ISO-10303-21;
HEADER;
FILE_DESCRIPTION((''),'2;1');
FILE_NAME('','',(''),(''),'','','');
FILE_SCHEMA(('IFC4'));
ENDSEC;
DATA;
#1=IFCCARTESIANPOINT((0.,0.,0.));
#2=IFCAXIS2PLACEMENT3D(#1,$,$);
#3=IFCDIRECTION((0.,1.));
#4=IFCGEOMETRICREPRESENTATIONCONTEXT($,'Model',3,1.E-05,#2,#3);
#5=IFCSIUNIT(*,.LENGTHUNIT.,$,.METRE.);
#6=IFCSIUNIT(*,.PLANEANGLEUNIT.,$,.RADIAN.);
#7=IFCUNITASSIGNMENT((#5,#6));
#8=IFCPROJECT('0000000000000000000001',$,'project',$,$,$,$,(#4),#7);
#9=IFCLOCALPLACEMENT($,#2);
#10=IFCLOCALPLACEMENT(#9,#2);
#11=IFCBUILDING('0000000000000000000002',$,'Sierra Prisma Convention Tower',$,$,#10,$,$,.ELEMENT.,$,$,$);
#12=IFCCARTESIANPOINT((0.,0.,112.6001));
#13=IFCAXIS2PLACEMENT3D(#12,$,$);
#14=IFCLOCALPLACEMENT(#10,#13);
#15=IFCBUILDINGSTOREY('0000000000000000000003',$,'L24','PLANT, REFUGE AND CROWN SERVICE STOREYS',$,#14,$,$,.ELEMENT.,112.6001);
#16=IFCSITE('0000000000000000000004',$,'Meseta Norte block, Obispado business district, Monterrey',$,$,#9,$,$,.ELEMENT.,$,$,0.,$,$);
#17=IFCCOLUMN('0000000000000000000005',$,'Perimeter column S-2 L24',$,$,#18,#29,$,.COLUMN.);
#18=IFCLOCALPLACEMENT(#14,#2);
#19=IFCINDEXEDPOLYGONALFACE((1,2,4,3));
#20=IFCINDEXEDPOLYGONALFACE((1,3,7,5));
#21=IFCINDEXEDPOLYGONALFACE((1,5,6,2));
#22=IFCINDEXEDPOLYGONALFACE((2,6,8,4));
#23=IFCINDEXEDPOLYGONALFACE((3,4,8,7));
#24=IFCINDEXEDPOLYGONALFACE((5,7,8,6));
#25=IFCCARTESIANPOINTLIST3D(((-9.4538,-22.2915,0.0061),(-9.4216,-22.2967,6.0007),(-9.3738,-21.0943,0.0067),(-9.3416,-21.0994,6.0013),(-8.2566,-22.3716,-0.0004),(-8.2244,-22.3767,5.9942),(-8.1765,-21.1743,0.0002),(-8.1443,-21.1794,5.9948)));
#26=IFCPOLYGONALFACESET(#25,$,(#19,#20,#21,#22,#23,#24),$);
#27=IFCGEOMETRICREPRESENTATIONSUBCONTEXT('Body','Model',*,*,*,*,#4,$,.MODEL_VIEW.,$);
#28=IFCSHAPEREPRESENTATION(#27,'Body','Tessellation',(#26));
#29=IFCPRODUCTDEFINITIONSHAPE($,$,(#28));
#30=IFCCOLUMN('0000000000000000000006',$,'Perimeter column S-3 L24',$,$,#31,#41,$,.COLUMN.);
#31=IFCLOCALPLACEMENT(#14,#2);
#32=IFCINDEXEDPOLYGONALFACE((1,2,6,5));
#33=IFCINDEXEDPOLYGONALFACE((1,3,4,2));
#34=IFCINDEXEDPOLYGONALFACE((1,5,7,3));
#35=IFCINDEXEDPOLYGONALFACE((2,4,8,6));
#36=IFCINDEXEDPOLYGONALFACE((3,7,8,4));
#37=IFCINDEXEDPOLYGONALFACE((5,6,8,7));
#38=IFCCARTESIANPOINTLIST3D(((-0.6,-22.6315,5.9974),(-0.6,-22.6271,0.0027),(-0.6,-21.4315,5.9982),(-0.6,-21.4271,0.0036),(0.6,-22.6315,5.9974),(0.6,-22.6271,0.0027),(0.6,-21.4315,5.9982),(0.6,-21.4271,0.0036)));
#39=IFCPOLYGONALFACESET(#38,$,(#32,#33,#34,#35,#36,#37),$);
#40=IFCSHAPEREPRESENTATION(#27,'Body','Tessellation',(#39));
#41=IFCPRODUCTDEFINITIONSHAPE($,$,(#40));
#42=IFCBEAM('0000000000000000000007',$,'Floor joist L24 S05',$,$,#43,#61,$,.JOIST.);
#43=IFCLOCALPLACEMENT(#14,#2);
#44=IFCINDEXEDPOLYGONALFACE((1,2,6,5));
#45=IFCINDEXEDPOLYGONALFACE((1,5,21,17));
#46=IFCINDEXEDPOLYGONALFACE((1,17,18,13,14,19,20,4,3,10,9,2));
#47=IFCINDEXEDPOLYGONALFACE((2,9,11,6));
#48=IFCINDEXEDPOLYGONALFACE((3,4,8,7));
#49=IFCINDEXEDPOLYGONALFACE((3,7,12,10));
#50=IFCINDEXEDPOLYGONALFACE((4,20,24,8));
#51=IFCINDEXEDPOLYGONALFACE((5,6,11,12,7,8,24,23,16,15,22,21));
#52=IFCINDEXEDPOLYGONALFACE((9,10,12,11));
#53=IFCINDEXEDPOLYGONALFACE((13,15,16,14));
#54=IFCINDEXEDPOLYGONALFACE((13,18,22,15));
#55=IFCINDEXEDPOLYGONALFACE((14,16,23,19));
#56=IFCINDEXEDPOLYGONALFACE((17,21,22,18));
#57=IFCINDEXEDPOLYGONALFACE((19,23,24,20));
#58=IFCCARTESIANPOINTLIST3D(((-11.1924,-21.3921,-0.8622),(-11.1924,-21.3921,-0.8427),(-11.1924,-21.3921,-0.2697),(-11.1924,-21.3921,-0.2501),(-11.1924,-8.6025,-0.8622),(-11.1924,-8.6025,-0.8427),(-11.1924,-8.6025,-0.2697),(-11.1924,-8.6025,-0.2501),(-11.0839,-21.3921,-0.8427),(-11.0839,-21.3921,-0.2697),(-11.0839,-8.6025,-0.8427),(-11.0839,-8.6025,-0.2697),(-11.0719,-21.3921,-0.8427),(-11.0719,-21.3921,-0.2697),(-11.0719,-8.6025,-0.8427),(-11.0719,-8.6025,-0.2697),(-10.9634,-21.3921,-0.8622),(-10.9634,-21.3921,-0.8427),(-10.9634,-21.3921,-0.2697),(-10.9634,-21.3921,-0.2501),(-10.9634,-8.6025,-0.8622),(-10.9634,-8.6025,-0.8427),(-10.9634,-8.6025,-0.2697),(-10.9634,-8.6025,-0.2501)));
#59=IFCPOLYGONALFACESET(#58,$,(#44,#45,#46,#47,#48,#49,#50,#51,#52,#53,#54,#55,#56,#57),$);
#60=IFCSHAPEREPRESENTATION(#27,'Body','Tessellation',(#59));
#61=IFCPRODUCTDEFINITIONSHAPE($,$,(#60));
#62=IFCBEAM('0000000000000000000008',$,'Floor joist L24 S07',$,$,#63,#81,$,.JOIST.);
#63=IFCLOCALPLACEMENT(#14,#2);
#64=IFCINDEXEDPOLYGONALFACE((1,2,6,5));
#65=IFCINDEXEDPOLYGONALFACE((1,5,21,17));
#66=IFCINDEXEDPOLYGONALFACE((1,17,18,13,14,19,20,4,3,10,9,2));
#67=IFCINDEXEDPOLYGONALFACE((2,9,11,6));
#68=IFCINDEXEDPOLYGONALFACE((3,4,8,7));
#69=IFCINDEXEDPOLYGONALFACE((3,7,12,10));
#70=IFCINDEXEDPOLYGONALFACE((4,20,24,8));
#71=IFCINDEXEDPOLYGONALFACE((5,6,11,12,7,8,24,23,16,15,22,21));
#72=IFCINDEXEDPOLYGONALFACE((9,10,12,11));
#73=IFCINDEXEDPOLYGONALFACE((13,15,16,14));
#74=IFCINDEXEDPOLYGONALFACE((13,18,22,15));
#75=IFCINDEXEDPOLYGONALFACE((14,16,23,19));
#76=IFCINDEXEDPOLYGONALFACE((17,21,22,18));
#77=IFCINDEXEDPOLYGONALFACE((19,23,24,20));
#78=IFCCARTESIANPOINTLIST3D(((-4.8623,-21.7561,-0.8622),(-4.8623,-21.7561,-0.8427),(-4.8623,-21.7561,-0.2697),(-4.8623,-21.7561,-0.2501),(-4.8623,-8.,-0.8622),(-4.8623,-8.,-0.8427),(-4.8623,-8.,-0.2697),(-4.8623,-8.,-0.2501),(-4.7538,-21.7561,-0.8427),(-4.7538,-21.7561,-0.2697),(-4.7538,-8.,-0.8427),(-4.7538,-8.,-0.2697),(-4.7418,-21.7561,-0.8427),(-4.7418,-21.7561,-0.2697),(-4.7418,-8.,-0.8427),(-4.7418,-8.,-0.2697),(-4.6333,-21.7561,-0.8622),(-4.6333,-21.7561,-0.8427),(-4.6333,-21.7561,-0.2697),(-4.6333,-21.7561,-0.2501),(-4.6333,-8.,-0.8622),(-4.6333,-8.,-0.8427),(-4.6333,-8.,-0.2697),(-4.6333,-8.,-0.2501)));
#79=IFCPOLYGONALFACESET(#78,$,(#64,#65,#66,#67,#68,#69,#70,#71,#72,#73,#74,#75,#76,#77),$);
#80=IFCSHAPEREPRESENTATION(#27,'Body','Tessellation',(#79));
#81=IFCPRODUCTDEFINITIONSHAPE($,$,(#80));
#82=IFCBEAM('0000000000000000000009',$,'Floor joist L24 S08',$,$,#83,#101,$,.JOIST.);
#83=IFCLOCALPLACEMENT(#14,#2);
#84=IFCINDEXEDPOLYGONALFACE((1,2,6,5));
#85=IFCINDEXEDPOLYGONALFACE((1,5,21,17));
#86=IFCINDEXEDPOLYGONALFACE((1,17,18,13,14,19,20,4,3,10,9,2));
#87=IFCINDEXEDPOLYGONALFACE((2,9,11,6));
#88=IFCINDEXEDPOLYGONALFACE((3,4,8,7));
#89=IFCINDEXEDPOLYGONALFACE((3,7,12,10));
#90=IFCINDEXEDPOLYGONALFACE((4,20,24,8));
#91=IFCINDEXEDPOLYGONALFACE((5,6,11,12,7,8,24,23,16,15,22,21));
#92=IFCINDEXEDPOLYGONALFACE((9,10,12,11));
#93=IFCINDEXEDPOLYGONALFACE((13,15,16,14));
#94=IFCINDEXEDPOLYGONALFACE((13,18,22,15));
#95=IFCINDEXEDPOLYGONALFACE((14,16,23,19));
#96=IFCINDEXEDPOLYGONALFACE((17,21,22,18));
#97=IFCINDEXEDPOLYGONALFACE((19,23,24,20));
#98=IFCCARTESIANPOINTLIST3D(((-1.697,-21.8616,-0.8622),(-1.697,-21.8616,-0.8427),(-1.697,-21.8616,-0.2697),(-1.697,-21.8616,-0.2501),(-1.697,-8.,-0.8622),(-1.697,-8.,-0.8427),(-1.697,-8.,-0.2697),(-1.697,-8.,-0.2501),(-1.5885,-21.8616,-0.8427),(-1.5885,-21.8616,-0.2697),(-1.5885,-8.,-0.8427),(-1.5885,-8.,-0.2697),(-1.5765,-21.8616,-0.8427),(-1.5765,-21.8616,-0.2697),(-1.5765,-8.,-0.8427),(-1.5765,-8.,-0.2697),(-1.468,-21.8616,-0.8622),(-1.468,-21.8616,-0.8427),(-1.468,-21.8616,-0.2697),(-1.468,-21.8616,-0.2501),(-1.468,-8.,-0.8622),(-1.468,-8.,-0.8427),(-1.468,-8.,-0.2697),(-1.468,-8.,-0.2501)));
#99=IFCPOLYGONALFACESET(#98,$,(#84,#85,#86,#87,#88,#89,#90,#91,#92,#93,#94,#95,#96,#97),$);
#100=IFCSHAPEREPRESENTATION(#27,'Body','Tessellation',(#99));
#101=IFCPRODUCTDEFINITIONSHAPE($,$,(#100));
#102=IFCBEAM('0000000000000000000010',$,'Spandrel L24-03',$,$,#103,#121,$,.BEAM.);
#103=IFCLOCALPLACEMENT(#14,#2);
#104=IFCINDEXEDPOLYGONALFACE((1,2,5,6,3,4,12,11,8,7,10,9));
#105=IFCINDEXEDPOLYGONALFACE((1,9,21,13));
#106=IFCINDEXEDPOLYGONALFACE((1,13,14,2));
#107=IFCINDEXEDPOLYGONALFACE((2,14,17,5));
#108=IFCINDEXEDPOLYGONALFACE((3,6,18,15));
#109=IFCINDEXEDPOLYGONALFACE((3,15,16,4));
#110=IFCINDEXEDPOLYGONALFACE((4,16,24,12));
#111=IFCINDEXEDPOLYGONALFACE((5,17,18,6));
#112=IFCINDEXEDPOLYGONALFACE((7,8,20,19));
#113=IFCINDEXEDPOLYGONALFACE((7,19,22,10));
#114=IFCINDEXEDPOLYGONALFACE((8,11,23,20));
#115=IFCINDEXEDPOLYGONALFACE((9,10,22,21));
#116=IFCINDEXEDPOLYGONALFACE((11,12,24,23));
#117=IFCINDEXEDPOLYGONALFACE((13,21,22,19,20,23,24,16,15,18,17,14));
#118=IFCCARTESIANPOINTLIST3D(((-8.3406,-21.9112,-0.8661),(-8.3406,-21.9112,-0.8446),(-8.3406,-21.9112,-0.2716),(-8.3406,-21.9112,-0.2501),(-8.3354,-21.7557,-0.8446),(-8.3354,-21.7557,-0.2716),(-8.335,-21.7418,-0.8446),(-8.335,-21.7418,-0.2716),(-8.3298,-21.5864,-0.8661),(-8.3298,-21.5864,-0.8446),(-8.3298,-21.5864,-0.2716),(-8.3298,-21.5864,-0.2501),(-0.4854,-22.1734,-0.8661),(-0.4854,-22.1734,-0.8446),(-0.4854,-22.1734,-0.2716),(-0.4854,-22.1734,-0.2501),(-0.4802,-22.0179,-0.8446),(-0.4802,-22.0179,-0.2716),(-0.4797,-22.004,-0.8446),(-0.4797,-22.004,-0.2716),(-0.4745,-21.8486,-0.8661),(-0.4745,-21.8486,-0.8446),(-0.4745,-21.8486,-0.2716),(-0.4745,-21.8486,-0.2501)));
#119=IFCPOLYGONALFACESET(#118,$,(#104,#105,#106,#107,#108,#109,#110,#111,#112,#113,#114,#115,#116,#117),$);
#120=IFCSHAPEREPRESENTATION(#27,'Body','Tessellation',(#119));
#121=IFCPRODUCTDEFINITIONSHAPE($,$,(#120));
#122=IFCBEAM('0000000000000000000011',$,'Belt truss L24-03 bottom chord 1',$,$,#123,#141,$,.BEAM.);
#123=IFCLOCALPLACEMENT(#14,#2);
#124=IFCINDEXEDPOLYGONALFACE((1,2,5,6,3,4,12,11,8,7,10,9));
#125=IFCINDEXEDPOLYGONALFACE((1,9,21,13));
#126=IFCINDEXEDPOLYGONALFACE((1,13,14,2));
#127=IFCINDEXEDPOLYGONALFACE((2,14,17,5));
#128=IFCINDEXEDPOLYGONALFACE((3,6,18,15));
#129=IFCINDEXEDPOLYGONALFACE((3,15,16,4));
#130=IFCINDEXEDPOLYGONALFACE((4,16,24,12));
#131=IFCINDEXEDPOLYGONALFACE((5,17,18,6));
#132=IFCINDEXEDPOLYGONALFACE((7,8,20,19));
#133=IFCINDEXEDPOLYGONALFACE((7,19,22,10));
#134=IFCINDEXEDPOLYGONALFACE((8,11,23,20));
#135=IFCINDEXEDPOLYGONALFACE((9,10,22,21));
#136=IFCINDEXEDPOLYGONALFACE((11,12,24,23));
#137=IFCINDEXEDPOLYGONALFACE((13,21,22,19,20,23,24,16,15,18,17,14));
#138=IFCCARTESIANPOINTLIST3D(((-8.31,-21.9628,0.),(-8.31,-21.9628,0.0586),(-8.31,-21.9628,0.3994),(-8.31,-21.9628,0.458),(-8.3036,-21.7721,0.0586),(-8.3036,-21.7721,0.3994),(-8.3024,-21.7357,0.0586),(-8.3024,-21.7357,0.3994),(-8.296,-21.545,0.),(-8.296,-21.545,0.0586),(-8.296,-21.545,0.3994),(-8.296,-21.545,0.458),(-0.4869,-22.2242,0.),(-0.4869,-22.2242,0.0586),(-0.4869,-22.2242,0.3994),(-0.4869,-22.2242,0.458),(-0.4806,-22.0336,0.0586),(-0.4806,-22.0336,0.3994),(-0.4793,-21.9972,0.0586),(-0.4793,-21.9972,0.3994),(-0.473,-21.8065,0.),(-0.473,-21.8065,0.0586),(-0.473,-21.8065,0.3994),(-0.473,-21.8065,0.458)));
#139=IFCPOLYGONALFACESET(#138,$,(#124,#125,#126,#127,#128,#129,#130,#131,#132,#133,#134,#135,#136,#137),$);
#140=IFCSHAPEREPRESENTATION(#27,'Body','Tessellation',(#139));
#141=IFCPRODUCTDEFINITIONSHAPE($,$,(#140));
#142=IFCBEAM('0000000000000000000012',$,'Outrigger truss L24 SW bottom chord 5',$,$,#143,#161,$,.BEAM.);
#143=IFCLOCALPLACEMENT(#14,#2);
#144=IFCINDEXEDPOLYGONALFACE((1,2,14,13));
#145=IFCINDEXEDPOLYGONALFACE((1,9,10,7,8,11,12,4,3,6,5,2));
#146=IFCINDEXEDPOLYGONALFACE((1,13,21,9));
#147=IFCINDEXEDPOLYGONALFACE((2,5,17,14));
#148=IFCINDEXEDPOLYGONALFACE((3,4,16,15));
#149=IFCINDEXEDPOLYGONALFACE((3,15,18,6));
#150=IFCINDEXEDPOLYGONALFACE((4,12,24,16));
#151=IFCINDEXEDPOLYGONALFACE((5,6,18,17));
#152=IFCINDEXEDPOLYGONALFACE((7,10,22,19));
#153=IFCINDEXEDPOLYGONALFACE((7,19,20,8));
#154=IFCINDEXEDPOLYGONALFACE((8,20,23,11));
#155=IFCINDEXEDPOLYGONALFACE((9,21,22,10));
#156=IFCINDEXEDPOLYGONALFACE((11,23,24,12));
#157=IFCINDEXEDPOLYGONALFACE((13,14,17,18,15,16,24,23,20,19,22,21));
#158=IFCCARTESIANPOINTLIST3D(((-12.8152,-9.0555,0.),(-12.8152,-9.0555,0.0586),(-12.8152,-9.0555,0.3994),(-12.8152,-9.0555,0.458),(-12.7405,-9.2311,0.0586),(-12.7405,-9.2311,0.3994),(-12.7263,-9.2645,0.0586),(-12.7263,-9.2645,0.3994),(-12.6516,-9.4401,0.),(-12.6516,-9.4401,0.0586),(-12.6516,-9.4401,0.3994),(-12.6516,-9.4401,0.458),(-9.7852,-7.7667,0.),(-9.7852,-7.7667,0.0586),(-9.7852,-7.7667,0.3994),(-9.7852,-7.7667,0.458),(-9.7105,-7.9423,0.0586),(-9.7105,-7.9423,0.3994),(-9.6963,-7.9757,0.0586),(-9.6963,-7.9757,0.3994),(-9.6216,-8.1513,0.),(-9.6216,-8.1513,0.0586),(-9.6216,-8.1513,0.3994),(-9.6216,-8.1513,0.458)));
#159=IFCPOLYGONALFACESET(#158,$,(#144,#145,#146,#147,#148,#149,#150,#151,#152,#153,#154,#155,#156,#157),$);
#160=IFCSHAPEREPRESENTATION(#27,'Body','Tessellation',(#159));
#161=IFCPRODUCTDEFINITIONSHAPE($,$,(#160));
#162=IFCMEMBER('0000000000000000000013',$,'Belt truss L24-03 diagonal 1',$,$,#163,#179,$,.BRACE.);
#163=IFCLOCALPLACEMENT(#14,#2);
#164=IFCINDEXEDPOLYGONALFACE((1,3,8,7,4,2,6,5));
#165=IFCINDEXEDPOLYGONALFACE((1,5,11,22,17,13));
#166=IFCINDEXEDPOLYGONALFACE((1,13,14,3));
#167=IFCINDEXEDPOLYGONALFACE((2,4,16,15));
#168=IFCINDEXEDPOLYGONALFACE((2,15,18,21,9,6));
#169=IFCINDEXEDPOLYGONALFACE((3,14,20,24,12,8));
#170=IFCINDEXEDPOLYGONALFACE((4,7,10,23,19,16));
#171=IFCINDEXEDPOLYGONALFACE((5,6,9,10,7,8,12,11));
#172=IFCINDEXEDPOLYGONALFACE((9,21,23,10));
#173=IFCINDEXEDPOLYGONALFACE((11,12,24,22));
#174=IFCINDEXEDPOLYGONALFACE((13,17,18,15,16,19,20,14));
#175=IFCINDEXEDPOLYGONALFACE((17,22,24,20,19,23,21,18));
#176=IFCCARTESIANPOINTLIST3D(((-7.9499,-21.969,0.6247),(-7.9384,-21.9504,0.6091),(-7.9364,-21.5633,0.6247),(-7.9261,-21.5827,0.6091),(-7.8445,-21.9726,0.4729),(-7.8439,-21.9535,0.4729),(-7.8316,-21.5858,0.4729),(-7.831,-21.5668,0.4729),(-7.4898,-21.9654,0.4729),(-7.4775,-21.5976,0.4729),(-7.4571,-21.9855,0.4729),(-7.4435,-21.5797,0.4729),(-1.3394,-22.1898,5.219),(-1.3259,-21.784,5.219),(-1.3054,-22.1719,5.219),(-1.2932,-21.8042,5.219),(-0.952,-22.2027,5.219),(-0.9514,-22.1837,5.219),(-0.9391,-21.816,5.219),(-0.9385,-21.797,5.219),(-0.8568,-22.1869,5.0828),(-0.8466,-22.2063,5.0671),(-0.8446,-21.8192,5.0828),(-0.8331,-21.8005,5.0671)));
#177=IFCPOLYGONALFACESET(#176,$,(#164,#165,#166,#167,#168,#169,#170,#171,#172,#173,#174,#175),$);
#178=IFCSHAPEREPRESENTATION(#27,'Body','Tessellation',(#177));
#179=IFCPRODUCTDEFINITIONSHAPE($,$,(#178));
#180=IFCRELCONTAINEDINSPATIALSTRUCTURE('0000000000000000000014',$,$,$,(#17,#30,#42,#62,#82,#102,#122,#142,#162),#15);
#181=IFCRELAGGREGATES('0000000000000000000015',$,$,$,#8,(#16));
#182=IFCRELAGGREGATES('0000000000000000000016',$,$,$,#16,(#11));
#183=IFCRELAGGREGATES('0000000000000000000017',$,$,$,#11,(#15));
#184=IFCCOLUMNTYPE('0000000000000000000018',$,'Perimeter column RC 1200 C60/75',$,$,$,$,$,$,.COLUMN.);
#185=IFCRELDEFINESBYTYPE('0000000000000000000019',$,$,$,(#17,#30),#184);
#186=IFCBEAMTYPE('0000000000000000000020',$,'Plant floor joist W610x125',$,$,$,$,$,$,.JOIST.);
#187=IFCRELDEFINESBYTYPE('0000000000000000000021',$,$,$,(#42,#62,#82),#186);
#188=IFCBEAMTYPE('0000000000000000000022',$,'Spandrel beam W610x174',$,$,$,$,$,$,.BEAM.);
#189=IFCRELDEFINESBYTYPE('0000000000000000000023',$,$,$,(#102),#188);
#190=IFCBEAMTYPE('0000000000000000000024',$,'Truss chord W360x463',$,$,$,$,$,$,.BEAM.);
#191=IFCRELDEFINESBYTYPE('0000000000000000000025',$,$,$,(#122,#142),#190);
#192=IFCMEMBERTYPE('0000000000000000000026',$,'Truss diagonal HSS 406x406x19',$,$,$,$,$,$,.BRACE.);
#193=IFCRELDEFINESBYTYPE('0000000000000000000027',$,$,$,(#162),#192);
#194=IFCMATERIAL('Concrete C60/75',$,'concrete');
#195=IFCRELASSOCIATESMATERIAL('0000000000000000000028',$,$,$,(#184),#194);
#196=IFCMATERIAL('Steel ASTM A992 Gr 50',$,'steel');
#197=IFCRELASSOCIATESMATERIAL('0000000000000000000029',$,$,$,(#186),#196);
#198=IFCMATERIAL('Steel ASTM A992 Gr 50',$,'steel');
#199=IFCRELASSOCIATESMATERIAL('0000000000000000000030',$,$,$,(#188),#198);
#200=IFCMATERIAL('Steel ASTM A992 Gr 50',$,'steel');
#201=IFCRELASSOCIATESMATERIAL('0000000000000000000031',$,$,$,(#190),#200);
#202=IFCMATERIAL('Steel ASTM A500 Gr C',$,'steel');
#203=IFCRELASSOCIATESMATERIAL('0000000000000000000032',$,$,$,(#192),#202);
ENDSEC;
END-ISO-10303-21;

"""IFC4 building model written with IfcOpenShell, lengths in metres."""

from ifc_helpers import new_model, si_unit, direction, frame, origin, origin_2d, place, context, subcontext, project, spatial, rectangle, hollow_rectangle, i_section, extrude, clip, halfspace, material, material_profile, profile_set, type_object, element, save


model = new_model("IFC4")

# Units and contexts
model_context = context("Model", 3, precision=1e-05, world=origin(), true_north=direction((0.0, 1.0)))
body_context = subcontext(model_context, "Body", "Model", "MODEL_VIEW")
ifc_project = project(units=[si_unit("LENGTHUNIT", "METRE"), si_unit("PLANEANGLEUNIT", "RADIAN")], contexts=[model_context])

# Site, building, storey
site_placement = place(None, origin())
site = spatial("IfcSite", under=ifc_project, at=site_placement, Name="Meseta Norte block, Obispado business district, Monterrey", CompositionType="ELEMENT", RefElevation=0.0)
building_placement = place(site_placement, origin())
building = spatial("IfcBuilding", under=site, at=building_placement, Name="Sierra Prisma Convention Tower", CompositionType="ELEMENT")
storey_placement = place(building_placement, frame((0.0, 0.0, 112.6001)))
storey = spatial("IfcBuildingStorey", under=building, at=storey_placement, Name="L24", Description="PLANT, REFUGE AND CROWN SERVICE STOREYS", CompositionType="ELEMENT", Elevation=112.6001)

# Columns
ifc_material_1 = material(Name="Concrete C60/75", Category="concrete")
ifc_material_profile_1 = material_profile(ifc_material_1, rectangle(XDim=1.2, YDim=1.2, at=origin_2d()), Name="Perimeter column RC 1200 C60/75")
ifc_profile_set_1 = profile_set([ifc_material_profile_1], Name="Concrete C60/75")
column_type = type_object("IfcColumnType", Name="Perimeter column RC 1200 C60/75", PredefinedType="COLUMN", material=ifc_profile_set_1)
for number, where, z_axis, x_axis, name in (
    (1, (-8.8152, -21.7329, 0.0), (0.005371, -0.000854, 0.999985), (-0.997759, 0.066694, 0.005416), "Perimeter column S-2 L24"),
    (2, (0.0, -22.0271, 0.0), (0.0, -0.000732, 1.0), (1.0, 0.0, 0.0), "Perimeter column S-3 L24"),
):
    element("IfcColumn", number, at=place(storey_placement, frame(where, z_axis=z_axis, x_axis=x_axis)), inside=storey, type_object=column_type, Name=name, PredefinedType="COLUMN", context=body_context, shape_type="SweptSolid", body=[
        clip(clip(extrude(rectangle(XDim=1.2, YDim=1.2, at=origin_2d()), origin(), (0.0, 0.0, 1.0), 6.0), halfspace(frame((0.0, 0.0, 0.0032)), True)), halfspace(frame((0.0, 0.0, 5.9978)), False)),
    ])

# Beams
ifc_material_2 = material(Name="Steel ASTM A992 Gr 50", Category="steel")
ifc_material_profile_2 = material_profile(ifc_material_2, i_section(OverallWidth=0.229, OverallDepth=0.6121, WebThickness=0.012, FlangeThickness=0.0195, at=origin_2d()), Name="W610x125")
ifc_profile_set_2 = profile_set([ifc_material_profile_2], Name="Steel ASTM A992 Gr 50")
beam_type_1 = type_object("IfcBeamType", Name="Plant floor joist W610x125", PredefinedType="JOIST", material=ifc_profile_set_2)
beam_1_placement = place(storey_placement, frame((-11.0779, -21.3921, -0.5562), z_axis=(0.0, 1.0, 0.0), x_axis=(-1.0, 0.0, 0.0)))
element("IfcBeam", 3, at=beam_1_placement, inside=storey, type_object=beam_type_1, Name="Floor joist L24 S05", PredefinedType="JOIST", context=body_context, shape_type="SweptSolid", body=[
    extrude(i_section(OverallWidth=0.229, OverallDepth=0.6121, WebThickness=0.012, FlangeThickness=0.0195, at=origin_2d()), origin(), (0.0, 0.0, 1.0), 12.7896),
])
beam_2_placement = place(storey_placement, frame((-4.7478, -21.7561, -0.5562), z_axis=(0.0, 1.0, 0.0), x_axis=(-1.0, 0.0, 0.0)))
element("IfcBeam", 4, at=beam_2_placement, inside=storey, type_object=beam_type_1, Name="Floor joist L24 S07", PredefinedType="JOIST", context=body_context, shape_type="SweptSolid", body=[
    extrude(i_section(OverallWidth=0.229, OverallDepth=0.6121, WebThickness=0.012, FlangeThickness=0.0195, at=origin_2d()), origin(), (0.0, 0.0, 1.0), 13.7561),
])
beam_3_placement = place(storey_placement, frame((-1.5825, -21.8616, -0.5562), z_axis=(0.0, 1.0, 0.0), x_axis=(-1.0, 0.0, 0.0)))
element("IfcBeam", 5, at=beam_3_placement, inside=storey, type_object=beam_type_1, Name="Floor joist L24 S08", PredefinedType="JOIST", context=body_context, shape_type="SweptSolid", body=[
    extrude(i_section(OverallWidth=0.229, OverallDepth=0.6121, WebThickness=0.012, FlangeThickness=0.0195, at=origin_2d()), origin(), (0.0, 0.0, 1.0), 13.8616),
])
ifc_material_3 = material(Name="Steel ASTM A992 Gr 50", Category="steel")
ifc_material_profile_3 = material_profile(ifc_material_3, i_section(OverallWidth=0.325, OverallDepth=0.616, WebThickness=0.0139, FlangeThickness=0.0215, at=origin_2d()), Name="W610x174")
ifc_profile_set_3 = profile_set([ifc_material_profile_3], Name="Steel ASTM A992 Gr 50")
beam_type_2 = type_object("IfcBeamType", Name="Spandrel beam W610x174", PredefinedType="BEAM", material=ifc_profile_set_3)
beam_4_placement = place(storey_placement, frame((-8.3352, -21.7488, -0.5581), z_axis=(0.999443, -0.033361, 0.0), x_axis=(0.033361, 0.999443, 0.0)))
element("IfcBeam", 6, at=beam_4_placement, inside=storey, type_object=beam_type_2, Name="Spandrel L24-03", PredefinedType="BEAM", context=body_context, shape_type="SweptSolid", body=[
    extrude(i_section(OverallWidth=0.325, OverallDepth=0.616, WebThickness=0.0139, FlangeThickness=0.0215, at=origin_2d()), origin(), (0.0, 0.0, 1.0), 7.8596),
])
ifc_material_4 = material(Name="Steel ASTM A992 Gr 50", Category="steel")
ifc_material_profile_4 = material_profile(ifc_material_4, i_section(OverallWidth=0.418, OverallDepth=0.458, WebThickness=0.0364, FlangeThickness=0.0586, at=origin_2d()), Name="W360x463")
ifc_profile_set_4 = profile_set([ifc_material_profile_4], Name="Steel ASTM A992 Gr 50")
beam_type_3 = type_object("IfcBeamType", Name="Truss chord W360x463", PredefinedType="BEAM", material=ifc_profile_set_4)
beam_5_placement = place(storey_placement, frame((-8.303, -21.7539, 0.229), z_axis=(0.999442, -0.033405, 0.0), x_axis=(0.033405, 0.999442, 0.0)))
element("IfcBeam", 7, at=beam_5_placement, inside=storey, type_object=beam_type_3, Name="Belt truss L24-03 bottom chord 1", PredefinedType="BEAM", context=body_context, shape_type="SweptSolid", body=[
    extrude(i_section(OverallWidth=0.418, OverallDepth=0.458, WebThickness=0.0364, FlangeThickness=0.0586, at=origin_2d()), origin(), (0.0, 0.0, 1.0), 7.8274),
])
beam_6_placement = place(storey_placement, frame((-12.7334, -9.2478, 0.229), z_axis=(0.920215, 0.391412, 0.0), x_axis=(-0.391412, 0.920215, 0.0)))
element("IfcBeam", 8, at=beam_6_placement, inside=storey, type_object=beam_type_3, Name="Outrigger truss L24 SW bottom chord 5", PredefinedType="BEAM", context=body_context, shape_type="SweptSolid", body=[
    extrude(i_section(OverallWidth=0.418, OverallDepth=0.458, WebThickness=0.0364, FlangeThickness=0.0586, at=origin_2d()), origin(), (0.0, 0.0, 1.0), 3.2927),
])

# Member
ifc_material_5 = material(Name="Steel ASTM A500 Gr C", Category="steel")
ifc_material_profile_5 = material_profile(ifc_material_5, hollow_rectangle(XDim=0.406, YDim=0.406, WallThickness=0.019, at=origin_2d()), Name="Truss diagonal HSS 406x406x19")
ifc_profile_set_5 = profile_set([ifc_material_profile_5], Name="Steel ASTM A500 Gr C")
member_type_1 = type_object("IfcMemberType", Name="Truss diagonal HSS 406x406x19", PredefinedType="BRACE", material=ifc_profile_set_5)
member_1_placement = place(storey_placement, frame((-7.8274, -21.77, 0.458), z_axis=(0.82085, -0.027413, 0.570486), x_axis=(0.033377, 0.999443, 0.0)))
element("IfcMember", 9, at=member_1_placement, inside=storey, type_object=member_type_1, Name="Belt truss L24-03 diagonal 1", PredefinedType="BRACE", context=body_context, shape_type="SweptSolid", body=[
    clip(clip(extrude(hollow_rectangle(XDim=0.406, YDim=0.406, WallThickness=0.019, at=origin_2d()), origin(), (0.0, 0.0, 1.0), 8.3716), halfspace(frame((0.0, 0.0122, 0.0085), z_axis=(0.0, 0.821307, 0.570486), x_axis=(1.0, 0.0, 0.0)), True)), halfspace(frame((0.0, -0.0122, 8.363), z_axis=(0.0, -0.821307, -0.570486), x_axis=(1.0, 0.0, 0.0)), True)),
])

save(model, "model.ifc")
